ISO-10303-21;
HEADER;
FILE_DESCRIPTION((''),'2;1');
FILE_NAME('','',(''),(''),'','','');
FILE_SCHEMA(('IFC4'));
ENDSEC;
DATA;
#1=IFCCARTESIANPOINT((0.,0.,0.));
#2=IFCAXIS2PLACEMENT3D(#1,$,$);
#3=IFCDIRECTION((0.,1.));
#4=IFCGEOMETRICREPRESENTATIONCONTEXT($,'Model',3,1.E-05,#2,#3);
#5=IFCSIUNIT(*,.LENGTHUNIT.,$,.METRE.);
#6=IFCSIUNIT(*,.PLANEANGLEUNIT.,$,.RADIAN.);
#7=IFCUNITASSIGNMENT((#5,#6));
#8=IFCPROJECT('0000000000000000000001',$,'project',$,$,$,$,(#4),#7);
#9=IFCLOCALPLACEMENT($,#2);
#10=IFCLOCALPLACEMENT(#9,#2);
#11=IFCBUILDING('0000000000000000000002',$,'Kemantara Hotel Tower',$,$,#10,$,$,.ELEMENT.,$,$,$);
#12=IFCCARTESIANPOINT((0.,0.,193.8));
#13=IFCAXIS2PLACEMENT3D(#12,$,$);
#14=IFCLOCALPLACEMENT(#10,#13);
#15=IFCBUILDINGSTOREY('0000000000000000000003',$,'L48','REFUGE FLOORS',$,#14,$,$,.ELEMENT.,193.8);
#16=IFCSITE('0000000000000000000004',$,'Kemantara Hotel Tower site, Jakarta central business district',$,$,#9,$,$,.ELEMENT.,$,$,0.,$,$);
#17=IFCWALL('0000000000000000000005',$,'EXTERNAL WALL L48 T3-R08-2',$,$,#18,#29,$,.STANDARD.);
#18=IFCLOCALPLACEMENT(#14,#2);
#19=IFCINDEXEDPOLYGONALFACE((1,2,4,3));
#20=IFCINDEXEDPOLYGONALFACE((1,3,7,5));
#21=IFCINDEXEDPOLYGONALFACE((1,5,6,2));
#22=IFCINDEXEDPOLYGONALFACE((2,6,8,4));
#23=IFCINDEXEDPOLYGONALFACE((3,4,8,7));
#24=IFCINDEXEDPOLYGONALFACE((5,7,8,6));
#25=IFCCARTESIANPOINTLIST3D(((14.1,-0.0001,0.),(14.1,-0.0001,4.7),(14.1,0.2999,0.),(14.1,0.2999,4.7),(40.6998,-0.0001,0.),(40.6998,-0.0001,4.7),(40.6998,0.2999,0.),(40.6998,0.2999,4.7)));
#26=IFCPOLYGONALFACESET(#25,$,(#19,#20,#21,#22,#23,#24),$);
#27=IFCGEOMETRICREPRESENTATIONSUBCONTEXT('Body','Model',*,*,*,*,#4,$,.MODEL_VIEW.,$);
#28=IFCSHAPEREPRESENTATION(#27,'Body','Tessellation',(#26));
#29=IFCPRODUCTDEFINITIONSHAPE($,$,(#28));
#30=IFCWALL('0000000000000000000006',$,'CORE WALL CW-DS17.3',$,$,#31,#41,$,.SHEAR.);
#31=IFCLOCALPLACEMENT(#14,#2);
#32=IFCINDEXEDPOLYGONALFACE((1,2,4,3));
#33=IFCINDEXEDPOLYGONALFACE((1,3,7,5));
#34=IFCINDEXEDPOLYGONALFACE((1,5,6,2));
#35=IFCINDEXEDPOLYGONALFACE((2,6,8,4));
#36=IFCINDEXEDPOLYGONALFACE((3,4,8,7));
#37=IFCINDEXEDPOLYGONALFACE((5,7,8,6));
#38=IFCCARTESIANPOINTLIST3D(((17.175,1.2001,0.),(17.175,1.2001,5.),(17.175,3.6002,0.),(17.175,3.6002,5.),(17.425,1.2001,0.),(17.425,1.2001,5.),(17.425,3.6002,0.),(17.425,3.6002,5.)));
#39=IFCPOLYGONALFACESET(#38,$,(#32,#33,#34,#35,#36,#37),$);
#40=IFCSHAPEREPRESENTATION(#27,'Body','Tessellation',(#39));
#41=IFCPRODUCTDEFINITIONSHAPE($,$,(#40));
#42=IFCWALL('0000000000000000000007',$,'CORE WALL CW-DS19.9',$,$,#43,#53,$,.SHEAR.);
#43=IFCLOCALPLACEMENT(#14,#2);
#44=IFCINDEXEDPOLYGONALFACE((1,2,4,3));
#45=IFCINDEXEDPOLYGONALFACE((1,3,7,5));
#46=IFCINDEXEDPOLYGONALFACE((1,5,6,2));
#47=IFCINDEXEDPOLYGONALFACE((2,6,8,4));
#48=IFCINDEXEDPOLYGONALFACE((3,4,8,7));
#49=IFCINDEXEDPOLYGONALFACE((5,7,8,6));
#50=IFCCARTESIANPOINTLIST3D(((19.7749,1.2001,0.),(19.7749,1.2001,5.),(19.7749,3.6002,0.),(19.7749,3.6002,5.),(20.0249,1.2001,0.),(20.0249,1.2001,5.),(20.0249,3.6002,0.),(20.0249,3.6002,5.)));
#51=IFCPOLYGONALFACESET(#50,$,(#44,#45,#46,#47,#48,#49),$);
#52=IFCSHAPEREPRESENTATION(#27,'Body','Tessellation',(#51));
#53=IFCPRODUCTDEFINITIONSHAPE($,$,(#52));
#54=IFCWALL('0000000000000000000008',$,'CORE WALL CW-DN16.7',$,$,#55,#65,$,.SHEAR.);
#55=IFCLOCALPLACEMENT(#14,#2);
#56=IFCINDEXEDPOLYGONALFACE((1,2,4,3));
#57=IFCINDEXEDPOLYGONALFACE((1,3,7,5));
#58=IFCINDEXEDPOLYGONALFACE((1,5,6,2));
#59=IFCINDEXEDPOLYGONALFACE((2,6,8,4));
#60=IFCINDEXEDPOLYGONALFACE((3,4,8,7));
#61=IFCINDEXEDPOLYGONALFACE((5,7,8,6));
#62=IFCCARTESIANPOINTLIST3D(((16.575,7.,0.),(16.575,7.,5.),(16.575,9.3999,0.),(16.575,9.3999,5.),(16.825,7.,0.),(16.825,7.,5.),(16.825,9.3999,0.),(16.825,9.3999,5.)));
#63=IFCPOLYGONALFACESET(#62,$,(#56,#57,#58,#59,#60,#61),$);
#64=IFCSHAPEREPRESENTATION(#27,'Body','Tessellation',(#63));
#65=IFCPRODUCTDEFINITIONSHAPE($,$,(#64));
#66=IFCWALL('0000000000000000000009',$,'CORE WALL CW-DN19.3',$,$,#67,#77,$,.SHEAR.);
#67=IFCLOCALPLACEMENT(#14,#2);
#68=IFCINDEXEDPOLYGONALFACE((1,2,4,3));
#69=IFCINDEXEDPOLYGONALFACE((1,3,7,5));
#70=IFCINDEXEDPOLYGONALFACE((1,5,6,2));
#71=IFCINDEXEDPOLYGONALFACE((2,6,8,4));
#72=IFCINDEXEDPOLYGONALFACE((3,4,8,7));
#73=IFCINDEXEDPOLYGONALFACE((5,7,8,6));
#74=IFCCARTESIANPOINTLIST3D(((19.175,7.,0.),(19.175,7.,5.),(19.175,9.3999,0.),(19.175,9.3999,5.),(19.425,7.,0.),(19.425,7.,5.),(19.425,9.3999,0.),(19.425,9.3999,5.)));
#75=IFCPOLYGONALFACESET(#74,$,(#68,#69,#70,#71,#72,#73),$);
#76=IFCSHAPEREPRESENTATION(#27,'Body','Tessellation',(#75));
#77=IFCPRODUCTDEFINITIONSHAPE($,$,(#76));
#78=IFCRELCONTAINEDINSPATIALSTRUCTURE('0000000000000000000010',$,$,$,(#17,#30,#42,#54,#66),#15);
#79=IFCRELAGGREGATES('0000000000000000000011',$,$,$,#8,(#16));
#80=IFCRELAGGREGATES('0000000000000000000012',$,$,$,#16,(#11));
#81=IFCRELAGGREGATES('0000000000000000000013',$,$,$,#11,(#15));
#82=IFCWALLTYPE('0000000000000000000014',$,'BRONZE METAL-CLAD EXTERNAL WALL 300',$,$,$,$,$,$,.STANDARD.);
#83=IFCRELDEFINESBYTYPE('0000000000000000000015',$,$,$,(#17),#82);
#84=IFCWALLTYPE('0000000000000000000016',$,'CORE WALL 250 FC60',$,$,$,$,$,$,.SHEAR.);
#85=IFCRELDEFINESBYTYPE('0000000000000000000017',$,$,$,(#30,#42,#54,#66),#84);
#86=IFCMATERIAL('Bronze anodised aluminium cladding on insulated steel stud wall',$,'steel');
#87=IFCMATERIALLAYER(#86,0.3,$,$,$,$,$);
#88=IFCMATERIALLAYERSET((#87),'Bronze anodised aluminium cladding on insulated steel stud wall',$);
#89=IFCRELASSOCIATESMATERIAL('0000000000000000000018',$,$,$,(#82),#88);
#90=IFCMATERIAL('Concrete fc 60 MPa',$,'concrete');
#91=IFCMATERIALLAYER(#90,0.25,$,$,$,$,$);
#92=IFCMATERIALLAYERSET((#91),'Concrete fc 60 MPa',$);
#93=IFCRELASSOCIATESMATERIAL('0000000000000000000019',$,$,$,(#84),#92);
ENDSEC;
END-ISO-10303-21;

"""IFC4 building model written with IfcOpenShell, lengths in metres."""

from ifc_helpers import new_model, si_unit, direction, frame, frame_2d, origin, place, context, subcontext, project, spatial, rectangle, extrude, material, layer, layer_set, type_object, element, save


model = new_model("IFC4")

# Units and contexts
model_context = context("Model", 3, precision=1e-05, world=origin(), true_north=direction((0.0, 1.0)))
body_context = subcontext(model_context, "Body", "Model", "MODEL_VIEW")
ifc_project = project(units=[si_unit("LENGTHUNIT", "METRE"), si_unit("PLANEANGLEUNIT", "RADIAN")], contexts=[model_context])

# Site, building, storey
site_placement = place(None, origin())
site = spatial("IfcSite", under=ifc_project, at=site_placement, Name="Kemantara Hotel Tower site, Jakarta central business district", CompositionType="ELEMENT", RefElevation=0.0)
building_placement = place(site_placement, origin())
building = spatial("IfcBuilding", under=site, at=building_placement, Name="Kemantara Hotel Tower", CompositionType="ELEMENT")
storey_placement = place(building_placement, frame((0.0, 0.0, 193.8)))
storey = spatial("IfcBuildingStorey", under=building, at=storey_placement, Name="L48", Description="REFUGE FLOORS", CompositionType="ELEMENT", Elevation=193.8)

# Walls
ifc_material_1 = material(Name="Bronze anodised aluminium cladding on insulated steel stud wall", Category="steel")
ifc_layer_1 = layer(ifc_material_1, 0.3)
ifc_layer_set_1 = layer_set([ifc_layer_1], Name="Bronze anodised aluminium cladding on insulated steel stud wall")
wall_type_1 = type_object("IfcWallType", Name="BRONZE METAL-CLAD EXTERNAL WALL 300", PredefinedType="STANDARD", material=ifc_layer_set_1)
wall_1_placement = place(storey_placement, frame((14.1001, 0.1499, 0.0), z_axis=(0.0, 0.0, 1.0), x_axis=(1.0, 0.0, 0.0)))
element("IfcWall", 1, at=wall_1_placement, inside=storey, type_object=wall_type_1, Name="EXTERNAL WALL L48 T3-R08-2", PredefinedType="STANDARD", context=body_context, shape_type="SweptSolid", body=[
    extrude(rectangle(XDim=26.5999, YDim=0.3, at=frame_2d((13.2998, 0.0))), origin(), (0.0, 0.0, 1.0), 4.7),
])
ifc_material_2 = material(Name="Concrete fc 60 MPa", Category="concrete")
ifc_layer_2 = layer(ifc_material_2, 0.25)
ifc_layer_set_2 = layer_set([ifc_layer_2], Name="Concrete fc 60 MPa")
wall_type_2 = type_object("IfcWallType", Name="CORE WALL 250 FC60", PredefinedType="SHEAR", material=ifc_layer_set_2)
for number, where, z_axis, x_axis, name in (
    (2, (17.3, 1.2, 0.0), (0.0, 0.0, 1.0), (0.0, 1.0, 0.0), "CORE WALL CW-DS17.3"),
    (3, (19.8999, 1.2, 0.0), (0.0, 0.0, 1.0), (0.0, 1.0, 0.0), "CORE WALL CW-DS19.9"),
):
    element("IfcWall", number, at=place(storey_placement, frame(where, z_axis=z_axis, x_axis=x_axis)), inside=storey, type_object=wall_type_2, Name=name, PredefinedType="SHEAR", context=body_context, shape_type="SweptSolid", body=[
        extrude(rectangle(XDim=2.4001, YDim=0.25, at=frame_2d((1.2002, 0.0))), origin(), (0.0, 0.0, 1.0), 5.0),
    ])
for number, where, z_axis, x_axis, name in (
    (4, (16.7, 7.0, 0.0), (0.0, 0.0, 1.0), (0.0, 1.0, 0.0), "CORE WALL CW-DN16.7"),
    (5, (19.3, 7.0, 0.0), (0.0, 0.0, 1.0), (0.0, 1.0, 0.0), "CORE WALL CW-DN19.3"),
):
    element("IfcWall", number, at=place(storey_placement, frame(where, z_axis=z_axis, x_axis=x_axis)), inside=storey, type_object=wall_type_2, Name=name, PredefinedType="SHEAR", context=body_context, shape_type="SweptSolid", body=[
        extrude(rectangle(XDim=2.3999, YDim=0.25, at=frame_2d((1.2, 0.0))), origin(), (0.0, 0.0, 1.0), 5.0),
    ])

save(model, "model.ifc")
